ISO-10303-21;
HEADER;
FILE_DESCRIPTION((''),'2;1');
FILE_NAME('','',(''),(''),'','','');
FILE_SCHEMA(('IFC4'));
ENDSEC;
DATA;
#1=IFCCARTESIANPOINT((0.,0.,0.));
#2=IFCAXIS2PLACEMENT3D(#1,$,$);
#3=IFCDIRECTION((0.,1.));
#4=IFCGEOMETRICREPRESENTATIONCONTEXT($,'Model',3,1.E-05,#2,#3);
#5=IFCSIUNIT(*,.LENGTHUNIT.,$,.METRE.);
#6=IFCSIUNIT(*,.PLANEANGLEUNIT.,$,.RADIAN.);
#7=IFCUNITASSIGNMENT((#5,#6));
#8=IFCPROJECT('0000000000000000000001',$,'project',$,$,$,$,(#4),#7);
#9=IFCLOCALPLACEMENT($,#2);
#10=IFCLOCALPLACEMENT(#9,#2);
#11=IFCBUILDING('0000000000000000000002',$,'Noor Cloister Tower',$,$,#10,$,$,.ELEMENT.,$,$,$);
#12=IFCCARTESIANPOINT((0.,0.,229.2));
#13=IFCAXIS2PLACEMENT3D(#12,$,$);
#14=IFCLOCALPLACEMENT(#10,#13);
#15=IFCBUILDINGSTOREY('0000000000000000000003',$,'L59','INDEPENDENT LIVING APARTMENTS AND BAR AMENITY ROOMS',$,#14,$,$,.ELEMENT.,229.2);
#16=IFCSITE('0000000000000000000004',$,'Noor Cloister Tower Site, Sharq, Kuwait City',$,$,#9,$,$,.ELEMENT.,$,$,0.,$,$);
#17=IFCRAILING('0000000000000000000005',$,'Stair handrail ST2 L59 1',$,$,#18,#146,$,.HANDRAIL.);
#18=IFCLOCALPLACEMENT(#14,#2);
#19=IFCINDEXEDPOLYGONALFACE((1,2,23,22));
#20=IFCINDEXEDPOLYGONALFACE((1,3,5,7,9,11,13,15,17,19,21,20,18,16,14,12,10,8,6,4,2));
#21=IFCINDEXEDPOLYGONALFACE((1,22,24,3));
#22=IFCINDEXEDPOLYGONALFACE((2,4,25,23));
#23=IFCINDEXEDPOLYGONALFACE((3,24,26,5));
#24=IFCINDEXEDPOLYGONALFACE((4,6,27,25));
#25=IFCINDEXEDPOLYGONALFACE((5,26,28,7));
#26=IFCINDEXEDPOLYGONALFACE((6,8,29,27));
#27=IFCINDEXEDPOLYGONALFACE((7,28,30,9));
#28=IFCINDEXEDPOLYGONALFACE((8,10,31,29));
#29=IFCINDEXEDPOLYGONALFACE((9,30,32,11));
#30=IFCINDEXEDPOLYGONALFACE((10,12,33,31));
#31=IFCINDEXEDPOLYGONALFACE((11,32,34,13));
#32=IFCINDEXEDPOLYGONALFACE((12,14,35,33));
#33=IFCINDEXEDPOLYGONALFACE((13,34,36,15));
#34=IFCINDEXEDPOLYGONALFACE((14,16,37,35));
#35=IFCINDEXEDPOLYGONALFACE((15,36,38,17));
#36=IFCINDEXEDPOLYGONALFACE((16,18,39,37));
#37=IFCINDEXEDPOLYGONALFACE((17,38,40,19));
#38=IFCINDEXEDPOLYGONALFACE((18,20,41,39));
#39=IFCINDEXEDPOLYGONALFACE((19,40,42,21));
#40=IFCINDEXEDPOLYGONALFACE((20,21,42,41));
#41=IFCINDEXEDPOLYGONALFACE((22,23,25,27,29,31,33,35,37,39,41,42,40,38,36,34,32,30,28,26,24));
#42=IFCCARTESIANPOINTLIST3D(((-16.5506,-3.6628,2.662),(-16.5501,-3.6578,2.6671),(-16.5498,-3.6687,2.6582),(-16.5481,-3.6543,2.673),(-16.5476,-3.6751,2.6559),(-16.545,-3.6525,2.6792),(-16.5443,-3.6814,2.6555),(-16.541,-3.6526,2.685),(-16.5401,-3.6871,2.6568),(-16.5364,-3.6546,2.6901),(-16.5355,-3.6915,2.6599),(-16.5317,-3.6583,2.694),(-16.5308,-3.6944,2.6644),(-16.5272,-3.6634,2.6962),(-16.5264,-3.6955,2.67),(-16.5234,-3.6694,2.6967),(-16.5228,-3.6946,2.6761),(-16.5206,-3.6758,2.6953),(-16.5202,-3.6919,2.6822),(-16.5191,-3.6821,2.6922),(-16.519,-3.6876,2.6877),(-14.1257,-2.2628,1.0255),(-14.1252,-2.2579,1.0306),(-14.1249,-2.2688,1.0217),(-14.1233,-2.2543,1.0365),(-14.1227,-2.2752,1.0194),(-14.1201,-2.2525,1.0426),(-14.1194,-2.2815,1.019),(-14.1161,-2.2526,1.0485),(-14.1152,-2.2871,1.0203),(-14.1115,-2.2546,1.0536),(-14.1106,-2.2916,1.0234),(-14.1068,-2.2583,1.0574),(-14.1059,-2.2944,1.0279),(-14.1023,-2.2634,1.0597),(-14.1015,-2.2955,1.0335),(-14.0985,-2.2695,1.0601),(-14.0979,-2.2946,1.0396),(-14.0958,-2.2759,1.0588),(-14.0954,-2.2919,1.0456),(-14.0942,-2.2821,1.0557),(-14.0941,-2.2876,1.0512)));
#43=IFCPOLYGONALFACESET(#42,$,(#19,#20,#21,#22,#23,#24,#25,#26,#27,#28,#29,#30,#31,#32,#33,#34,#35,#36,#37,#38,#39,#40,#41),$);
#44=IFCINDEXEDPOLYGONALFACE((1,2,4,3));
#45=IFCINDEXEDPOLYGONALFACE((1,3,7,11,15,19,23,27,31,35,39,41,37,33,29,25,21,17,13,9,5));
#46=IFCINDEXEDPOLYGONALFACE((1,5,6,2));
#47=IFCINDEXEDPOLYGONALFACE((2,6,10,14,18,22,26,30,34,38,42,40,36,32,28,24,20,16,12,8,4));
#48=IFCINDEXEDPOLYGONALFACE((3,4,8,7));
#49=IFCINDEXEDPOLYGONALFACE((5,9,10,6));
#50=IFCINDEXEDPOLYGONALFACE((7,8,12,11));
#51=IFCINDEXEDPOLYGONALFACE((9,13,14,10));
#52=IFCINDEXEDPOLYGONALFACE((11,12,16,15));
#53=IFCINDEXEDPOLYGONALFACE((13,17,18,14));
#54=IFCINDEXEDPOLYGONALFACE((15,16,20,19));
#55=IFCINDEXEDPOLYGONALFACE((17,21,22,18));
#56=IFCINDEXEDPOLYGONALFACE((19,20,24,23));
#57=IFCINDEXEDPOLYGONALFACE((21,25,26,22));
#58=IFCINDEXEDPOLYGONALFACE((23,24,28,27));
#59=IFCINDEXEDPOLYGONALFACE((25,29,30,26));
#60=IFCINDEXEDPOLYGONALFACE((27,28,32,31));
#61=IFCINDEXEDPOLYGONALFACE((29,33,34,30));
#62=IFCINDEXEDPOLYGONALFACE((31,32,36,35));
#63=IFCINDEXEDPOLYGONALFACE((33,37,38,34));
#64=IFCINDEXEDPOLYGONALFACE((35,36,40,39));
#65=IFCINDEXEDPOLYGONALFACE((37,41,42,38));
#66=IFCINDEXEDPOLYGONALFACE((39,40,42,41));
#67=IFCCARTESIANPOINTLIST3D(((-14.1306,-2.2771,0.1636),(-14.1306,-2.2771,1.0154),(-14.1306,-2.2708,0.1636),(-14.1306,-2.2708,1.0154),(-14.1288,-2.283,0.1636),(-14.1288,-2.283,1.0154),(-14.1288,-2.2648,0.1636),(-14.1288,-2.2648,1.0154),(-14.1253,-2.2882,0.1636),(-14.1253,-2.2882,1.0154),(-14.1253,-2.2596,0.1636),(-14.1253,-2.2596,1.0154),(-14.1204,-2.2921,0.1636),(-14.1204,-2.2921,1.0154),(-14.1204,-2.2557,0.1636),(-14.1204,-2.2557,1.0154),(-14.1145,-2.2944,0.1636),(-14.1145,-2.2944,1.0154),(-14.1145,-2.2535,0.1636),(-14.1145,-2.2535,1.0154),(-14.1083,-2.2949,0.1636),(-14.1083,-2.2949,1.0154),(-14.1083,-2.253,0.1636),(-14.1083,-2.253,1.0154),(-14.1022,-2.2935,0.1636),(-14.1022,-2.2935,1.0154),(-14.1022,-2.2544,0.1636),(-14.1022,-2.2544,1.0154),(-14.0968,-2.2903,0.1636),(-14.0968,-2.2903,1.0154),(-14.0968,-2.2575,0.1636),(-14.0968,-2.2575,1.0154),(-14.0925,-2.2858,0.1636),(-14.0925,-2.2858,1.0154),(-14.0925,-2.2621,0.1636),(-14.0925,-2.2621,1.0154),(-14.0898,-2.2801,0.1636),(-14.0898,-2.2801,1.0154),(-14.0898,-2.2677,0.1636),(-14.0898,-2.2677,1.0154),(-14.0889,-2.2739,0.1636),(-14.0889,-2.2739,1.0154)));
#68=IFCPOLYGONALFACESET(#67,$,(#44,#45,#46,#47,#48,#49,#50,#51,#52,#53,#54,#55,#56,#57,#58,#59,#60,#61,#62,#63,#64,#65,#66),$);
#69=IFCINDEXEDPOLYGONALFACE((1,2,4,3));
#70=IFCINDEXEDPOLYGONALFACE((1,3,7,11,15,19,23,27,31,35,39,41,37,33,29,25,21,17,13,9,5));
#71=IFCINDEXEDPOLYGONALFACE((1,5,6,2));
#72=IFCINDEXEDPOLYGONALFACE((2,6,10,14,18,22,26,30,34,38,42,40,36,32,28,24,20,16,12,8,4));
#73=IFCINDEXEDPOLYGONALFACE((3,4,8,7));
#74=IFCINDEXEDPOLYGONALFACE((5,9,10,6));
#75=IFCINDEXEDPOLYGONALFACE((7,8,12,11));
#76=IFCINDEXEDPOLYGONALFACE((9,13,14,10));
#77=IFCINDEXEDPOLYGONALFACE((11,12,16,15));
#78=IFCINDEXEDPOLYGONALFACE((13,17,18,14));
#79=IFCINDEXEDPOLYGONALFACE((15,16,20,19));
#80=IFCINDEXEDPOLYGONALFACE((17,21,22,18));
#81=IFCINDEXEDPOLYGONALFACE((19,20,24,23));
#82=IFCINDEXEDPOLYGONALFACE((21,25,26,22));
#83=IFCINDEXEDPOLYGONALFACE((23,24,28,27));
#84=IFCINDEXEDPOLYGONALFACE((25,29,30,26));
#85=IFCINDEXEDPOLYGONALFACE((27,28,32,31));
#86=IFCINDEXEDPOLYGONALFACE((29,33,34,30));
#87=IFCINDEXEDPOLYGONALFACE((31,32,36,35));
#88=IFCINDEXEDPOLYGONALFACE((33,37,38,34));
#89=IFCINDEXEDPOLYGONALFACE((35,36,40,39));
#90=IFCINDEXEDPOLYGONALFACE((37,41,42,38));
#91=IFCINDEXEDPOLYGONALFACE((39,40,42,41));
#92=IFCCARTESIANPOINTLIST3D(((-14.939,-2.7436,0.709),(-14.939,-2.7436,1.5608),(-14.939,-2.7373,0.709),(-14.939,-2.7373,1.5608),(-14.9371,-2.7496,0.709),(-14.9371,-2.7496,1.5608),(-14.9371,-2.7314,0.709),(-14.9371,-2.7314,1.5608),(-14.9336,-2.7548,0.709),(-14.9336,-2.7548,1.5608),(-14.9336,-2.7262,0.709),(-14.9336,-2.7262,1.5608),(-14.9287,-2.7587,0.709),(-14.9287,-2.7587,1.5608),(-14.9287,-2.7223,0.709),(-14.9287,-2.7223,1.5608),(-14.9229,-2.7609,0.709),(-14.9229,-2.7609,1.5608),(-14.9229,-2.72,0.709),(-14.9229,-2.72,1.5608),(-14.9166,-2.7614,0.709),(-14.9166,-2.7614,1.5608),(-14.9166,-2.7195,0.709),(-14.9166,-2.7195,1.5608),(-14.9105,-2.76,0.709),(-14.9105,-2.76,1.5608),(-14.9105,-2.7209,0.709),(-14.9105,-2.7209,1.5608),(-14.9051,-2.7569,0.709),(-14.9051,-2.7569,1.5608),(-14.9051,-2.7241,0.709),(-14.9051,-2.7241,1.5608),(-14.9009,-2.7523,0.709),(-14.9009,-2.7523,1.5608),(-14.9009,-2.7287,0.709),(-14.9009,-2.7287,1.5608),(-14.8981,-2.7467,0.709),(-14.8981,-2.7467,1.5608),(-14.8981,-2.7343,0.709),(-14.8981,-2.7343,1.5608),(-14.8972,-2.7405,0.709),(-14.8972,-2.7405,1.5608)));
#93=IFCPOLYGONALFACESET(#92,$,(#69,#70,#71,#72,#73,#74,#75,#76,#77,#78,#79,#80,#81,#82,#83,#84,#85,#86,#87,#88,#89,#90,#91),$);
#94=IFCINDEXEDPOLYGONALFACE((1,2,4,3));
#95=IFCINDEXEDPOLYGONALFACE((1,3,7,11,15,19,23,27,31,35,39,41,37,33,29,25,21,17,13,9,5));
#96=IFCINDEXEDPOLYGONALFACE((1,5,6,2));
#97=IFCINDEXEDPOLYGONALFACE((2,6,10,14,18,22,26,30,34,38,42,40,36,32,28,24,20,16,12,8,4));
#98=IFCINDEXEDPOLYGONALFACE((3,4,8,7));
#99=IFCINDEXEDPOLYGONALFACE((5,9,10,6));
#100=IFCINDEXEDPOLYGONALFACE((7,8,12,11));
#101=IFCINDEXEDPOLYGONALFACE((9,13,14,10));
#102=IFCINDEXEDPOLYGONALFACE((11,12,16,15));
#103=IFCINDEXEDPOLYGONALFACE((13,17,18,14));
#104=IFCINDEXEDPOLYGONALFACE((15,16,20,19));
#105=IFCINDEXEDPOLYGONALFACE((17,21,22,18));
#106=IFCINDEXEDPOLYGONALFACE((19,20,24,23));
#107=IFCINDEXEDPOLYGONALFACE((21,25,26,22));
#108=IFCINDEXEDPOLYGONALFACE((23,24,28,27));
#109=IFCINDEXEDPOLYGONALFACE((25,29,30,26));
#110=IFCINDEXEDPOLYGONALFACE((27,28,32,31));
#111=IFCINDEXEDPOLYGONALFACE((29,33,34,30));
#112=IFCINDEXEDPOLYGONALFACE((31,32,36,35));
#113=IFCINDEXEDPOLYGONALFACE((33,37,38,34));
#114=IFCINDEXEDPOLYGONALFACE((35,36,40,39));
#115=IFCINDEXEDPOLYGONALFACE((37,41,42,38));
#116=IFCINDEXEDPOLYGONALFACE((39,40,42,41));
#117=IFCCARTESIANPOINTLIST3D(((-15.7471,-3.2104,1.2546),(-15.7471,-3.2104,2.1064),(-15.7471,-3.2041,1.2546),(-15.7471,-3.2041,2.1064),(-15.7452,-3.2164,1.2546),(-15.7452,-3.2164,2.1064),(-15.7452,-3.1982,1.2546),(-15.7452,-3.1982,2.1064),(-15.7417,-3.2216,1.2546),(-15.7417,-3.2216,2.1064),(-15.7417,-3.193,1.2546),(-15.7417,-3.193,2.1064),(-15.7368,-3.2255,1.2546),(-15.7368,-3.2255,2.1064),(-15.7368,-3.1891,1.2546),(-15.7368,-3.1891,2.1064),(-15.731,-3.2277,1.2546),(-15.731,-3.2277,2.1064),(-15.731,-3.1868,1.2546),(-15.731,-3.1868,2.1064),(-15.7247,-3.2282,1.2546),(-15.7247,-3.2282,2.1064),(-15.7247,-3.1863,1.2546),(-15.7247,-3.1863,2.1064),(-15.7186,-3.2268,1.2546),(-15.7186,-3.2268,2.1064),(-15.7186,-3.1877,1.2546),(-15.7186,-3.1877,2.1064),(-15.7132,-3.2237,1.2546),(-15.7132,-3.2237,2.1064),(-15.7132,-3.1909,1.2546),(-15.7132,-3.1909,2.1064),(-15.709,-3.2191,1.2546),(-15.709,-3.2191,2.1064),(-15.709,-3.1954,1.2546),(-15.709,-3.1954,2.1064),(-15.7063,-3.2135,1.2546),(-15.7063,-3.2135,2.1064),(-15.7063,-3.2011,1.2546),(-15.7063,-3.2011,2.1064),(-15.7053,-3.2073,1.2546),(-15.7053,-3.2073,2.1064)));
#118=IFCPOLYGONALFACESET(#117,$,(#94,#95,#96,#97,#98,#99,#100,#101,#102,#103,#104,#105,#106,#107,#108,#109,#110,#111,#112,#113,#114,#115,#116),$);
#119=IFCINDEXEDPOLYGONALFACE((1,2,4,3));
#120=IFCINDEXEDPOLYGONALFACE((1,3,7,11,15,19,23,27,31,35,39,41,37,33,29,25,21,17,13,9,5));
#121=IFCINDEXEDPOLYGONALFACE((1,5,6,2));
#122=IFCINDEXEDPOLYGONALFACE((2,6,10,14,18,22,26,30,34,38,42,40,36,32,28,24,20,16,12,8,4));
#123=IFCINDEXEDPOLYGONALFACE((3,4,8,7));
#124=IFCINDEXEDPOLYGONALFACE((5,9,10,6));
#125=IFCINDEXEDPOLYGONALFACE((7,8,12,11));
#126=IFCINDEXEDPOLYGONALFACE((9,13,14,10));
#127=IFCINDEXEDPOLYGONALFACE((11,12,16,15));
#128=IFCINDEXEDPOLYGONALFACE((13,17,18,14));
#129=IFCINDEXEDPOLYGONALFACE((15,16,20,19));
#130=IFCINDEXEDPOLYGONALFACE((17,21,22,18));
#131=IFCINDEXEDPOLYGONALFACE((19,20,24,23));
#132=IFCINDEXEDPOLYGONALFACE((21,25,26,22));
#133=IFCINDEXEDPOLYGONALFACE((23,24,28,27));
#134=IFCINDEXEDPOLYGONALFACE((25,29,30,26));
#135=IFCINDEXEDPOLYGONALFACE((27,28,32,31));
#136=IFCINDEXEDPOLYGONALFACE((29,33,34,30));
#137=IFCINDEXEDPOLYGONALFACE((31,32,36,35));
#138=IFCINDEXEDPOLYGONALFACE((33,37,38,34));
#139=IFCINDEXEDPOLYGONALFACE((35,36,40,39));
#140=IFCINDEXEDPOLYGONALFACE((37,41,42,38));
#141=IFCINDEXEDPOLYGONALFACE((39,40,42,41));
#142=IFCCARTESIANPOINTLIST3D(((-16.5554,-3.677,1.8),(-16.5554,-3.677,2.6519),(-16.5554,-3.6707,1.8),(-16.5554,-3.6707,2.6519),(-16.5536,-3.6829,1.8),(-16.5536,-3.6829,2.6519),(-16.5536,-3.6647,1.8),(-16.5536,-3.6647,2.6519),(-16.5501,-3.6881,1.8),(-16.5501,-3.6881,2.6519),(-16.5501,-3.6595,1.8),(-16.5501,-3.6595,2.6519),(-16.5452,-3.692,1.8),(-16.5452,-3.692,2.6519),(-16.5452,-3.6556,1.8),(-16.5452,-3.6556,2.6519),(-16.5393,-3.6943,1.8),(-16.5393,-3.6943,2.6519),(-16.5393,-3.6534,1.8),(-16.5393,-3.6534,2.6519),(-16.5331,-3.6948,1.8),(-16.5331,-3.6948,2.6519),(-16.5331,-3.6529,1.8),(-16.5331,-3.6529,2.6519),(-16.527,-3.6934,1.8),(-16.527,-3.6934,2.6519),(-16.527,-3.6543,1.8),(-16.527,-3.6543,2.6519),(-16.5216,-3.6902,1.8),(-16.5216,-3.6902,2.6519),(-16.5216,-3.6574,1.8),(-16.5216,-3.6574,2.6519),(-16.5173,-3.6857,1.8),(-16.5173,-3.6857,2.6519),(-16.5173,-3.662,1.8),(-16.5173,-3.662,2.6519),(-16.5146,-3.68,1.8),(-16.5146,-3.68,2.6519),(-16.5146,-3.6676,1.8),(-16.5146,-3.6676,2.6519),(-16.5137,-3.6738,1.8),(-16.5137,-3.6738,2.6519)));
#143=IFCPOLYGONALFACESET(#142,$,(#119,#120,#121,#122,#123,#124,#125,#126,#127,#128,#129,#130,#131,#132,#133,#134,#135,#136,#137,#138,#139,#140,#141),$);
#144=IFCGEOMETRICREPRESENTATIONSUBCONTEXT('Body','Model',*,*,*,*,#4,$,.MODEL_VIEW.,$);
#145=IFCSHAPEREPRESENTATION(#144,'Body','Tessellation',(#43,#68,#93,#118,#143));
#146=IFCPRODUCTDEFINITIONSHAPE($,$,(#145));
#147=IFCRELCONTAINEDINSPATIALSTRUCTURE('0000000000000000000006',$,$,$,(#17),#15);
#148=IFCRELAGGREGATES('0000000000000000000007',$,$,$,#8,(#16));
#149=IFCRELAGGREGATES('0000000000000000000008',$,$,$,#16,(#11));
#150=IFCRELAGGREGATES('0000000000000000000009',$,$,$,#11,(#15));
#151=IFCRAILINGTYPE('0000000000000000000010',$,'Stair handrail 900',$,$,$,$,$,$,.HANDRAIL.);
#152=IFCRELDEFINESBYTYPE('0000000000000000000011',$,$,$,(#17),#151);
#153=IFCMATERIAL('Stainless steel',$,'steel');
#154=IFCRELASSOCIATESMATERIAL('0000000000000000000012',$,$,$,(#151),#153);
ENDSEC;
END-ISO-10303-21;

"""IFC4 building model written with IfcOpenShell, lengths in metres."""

from ifc_helpers import new_model, si_unit, direction, frame, origin, origin_2d, place, context, subcontext, project, spatial, circle, extrude, material, type_object, element, save


model = new_model("IFC4")

# Units and contexts
model_context = context("Model", 3, precision=1e-05, world=origin(), true_north=direction((0.0, 1.0)))
body_context = subcontext(model_context, "Body", "Model", "MODEL_VIEW")
ifc_project = project(units=[si_unit("LENGTHUNIT", "METRE"), si_unit("PLANEANGLEUNIT", "RADIAN")], contexts=[model_context])

# Site, building, storey
site_placement = place(None, origin())
site = spatial("IfcSite", under=ifc_project, at=site_placement, Name="Noor Cloister Tower Site, Sharq, Kuwait City", CompositionType="ELEMENT", RefElevation=0.0)
building_placement = place(site_placement, origin())
building = spatial("IfcBuilding", under=site, at=building_placement, Name="Noor Cloister Tower", CompositionType="ELEMENT")
storey_placement = place(building_placement, frame((0.0, 0.0, 229.2)))
storey = spatial("IfcBuildingStorey", under=building, at=storey_placement, Name="L59", Description="INDEPENDENT LIVING APARTMENTS AND BAR AMENITY ROOMS", CompositionType="ELEMENT", Elevation=229.2)

# Railing
ifc_material_1 = material(Name="Stainless steel", Category="steel")
railing_type_1 = type_object("IfcRailingType", Name="Stair handrail 900", PredefinedType="HANDRAIL", material=ifc_material_1)
railing_1_placement = place(storey_placement, frame((-14.1099, -2.2739, 0.1636)))
element("IfcRailing", 1, at=railing_1_placement, inside=storey, type_object=railing_type_1, Name="Stair handrail ST2 L59 1", PredefinedType="HANDRAIL", context=body_context, shape_type="SweptSolid", body=[
    extrude(circle(Radius=0.0239, at=origin_2d()), frame((0.0, 0.0, 0.876), z_axis=(-0.74769, -0.431661, 0.504608), x_axis=(0.499984, -0.866035, 0.0)), (0.0, 0.0, 1.0), 3.2432),
    extrude(circle(Radius=0.021, at=origin_2d()), origin(), (0.0, 0.0, 1.0), 0.8518),
    extrude(circle(Radius=0.021, at=origin_2d()), frame((-0.8083, -0.4666, 0.5454)), (0.0, 0.0, 1.0), 0.8518),
    extrude(circle(Radius=0.021, at=origin_2d()), frame((-1.6165, -0.9333, 1.0911)), (0.0, 0.0, 1.0), 0.8518),
    extrude(circle(Radius=0.021, at=origin_2d()), frame((-2.4248, -1.3999, 1.6365)), (0.0, 0.0, 1.0), 0.8518),
])

save(model, "model.ifc")
